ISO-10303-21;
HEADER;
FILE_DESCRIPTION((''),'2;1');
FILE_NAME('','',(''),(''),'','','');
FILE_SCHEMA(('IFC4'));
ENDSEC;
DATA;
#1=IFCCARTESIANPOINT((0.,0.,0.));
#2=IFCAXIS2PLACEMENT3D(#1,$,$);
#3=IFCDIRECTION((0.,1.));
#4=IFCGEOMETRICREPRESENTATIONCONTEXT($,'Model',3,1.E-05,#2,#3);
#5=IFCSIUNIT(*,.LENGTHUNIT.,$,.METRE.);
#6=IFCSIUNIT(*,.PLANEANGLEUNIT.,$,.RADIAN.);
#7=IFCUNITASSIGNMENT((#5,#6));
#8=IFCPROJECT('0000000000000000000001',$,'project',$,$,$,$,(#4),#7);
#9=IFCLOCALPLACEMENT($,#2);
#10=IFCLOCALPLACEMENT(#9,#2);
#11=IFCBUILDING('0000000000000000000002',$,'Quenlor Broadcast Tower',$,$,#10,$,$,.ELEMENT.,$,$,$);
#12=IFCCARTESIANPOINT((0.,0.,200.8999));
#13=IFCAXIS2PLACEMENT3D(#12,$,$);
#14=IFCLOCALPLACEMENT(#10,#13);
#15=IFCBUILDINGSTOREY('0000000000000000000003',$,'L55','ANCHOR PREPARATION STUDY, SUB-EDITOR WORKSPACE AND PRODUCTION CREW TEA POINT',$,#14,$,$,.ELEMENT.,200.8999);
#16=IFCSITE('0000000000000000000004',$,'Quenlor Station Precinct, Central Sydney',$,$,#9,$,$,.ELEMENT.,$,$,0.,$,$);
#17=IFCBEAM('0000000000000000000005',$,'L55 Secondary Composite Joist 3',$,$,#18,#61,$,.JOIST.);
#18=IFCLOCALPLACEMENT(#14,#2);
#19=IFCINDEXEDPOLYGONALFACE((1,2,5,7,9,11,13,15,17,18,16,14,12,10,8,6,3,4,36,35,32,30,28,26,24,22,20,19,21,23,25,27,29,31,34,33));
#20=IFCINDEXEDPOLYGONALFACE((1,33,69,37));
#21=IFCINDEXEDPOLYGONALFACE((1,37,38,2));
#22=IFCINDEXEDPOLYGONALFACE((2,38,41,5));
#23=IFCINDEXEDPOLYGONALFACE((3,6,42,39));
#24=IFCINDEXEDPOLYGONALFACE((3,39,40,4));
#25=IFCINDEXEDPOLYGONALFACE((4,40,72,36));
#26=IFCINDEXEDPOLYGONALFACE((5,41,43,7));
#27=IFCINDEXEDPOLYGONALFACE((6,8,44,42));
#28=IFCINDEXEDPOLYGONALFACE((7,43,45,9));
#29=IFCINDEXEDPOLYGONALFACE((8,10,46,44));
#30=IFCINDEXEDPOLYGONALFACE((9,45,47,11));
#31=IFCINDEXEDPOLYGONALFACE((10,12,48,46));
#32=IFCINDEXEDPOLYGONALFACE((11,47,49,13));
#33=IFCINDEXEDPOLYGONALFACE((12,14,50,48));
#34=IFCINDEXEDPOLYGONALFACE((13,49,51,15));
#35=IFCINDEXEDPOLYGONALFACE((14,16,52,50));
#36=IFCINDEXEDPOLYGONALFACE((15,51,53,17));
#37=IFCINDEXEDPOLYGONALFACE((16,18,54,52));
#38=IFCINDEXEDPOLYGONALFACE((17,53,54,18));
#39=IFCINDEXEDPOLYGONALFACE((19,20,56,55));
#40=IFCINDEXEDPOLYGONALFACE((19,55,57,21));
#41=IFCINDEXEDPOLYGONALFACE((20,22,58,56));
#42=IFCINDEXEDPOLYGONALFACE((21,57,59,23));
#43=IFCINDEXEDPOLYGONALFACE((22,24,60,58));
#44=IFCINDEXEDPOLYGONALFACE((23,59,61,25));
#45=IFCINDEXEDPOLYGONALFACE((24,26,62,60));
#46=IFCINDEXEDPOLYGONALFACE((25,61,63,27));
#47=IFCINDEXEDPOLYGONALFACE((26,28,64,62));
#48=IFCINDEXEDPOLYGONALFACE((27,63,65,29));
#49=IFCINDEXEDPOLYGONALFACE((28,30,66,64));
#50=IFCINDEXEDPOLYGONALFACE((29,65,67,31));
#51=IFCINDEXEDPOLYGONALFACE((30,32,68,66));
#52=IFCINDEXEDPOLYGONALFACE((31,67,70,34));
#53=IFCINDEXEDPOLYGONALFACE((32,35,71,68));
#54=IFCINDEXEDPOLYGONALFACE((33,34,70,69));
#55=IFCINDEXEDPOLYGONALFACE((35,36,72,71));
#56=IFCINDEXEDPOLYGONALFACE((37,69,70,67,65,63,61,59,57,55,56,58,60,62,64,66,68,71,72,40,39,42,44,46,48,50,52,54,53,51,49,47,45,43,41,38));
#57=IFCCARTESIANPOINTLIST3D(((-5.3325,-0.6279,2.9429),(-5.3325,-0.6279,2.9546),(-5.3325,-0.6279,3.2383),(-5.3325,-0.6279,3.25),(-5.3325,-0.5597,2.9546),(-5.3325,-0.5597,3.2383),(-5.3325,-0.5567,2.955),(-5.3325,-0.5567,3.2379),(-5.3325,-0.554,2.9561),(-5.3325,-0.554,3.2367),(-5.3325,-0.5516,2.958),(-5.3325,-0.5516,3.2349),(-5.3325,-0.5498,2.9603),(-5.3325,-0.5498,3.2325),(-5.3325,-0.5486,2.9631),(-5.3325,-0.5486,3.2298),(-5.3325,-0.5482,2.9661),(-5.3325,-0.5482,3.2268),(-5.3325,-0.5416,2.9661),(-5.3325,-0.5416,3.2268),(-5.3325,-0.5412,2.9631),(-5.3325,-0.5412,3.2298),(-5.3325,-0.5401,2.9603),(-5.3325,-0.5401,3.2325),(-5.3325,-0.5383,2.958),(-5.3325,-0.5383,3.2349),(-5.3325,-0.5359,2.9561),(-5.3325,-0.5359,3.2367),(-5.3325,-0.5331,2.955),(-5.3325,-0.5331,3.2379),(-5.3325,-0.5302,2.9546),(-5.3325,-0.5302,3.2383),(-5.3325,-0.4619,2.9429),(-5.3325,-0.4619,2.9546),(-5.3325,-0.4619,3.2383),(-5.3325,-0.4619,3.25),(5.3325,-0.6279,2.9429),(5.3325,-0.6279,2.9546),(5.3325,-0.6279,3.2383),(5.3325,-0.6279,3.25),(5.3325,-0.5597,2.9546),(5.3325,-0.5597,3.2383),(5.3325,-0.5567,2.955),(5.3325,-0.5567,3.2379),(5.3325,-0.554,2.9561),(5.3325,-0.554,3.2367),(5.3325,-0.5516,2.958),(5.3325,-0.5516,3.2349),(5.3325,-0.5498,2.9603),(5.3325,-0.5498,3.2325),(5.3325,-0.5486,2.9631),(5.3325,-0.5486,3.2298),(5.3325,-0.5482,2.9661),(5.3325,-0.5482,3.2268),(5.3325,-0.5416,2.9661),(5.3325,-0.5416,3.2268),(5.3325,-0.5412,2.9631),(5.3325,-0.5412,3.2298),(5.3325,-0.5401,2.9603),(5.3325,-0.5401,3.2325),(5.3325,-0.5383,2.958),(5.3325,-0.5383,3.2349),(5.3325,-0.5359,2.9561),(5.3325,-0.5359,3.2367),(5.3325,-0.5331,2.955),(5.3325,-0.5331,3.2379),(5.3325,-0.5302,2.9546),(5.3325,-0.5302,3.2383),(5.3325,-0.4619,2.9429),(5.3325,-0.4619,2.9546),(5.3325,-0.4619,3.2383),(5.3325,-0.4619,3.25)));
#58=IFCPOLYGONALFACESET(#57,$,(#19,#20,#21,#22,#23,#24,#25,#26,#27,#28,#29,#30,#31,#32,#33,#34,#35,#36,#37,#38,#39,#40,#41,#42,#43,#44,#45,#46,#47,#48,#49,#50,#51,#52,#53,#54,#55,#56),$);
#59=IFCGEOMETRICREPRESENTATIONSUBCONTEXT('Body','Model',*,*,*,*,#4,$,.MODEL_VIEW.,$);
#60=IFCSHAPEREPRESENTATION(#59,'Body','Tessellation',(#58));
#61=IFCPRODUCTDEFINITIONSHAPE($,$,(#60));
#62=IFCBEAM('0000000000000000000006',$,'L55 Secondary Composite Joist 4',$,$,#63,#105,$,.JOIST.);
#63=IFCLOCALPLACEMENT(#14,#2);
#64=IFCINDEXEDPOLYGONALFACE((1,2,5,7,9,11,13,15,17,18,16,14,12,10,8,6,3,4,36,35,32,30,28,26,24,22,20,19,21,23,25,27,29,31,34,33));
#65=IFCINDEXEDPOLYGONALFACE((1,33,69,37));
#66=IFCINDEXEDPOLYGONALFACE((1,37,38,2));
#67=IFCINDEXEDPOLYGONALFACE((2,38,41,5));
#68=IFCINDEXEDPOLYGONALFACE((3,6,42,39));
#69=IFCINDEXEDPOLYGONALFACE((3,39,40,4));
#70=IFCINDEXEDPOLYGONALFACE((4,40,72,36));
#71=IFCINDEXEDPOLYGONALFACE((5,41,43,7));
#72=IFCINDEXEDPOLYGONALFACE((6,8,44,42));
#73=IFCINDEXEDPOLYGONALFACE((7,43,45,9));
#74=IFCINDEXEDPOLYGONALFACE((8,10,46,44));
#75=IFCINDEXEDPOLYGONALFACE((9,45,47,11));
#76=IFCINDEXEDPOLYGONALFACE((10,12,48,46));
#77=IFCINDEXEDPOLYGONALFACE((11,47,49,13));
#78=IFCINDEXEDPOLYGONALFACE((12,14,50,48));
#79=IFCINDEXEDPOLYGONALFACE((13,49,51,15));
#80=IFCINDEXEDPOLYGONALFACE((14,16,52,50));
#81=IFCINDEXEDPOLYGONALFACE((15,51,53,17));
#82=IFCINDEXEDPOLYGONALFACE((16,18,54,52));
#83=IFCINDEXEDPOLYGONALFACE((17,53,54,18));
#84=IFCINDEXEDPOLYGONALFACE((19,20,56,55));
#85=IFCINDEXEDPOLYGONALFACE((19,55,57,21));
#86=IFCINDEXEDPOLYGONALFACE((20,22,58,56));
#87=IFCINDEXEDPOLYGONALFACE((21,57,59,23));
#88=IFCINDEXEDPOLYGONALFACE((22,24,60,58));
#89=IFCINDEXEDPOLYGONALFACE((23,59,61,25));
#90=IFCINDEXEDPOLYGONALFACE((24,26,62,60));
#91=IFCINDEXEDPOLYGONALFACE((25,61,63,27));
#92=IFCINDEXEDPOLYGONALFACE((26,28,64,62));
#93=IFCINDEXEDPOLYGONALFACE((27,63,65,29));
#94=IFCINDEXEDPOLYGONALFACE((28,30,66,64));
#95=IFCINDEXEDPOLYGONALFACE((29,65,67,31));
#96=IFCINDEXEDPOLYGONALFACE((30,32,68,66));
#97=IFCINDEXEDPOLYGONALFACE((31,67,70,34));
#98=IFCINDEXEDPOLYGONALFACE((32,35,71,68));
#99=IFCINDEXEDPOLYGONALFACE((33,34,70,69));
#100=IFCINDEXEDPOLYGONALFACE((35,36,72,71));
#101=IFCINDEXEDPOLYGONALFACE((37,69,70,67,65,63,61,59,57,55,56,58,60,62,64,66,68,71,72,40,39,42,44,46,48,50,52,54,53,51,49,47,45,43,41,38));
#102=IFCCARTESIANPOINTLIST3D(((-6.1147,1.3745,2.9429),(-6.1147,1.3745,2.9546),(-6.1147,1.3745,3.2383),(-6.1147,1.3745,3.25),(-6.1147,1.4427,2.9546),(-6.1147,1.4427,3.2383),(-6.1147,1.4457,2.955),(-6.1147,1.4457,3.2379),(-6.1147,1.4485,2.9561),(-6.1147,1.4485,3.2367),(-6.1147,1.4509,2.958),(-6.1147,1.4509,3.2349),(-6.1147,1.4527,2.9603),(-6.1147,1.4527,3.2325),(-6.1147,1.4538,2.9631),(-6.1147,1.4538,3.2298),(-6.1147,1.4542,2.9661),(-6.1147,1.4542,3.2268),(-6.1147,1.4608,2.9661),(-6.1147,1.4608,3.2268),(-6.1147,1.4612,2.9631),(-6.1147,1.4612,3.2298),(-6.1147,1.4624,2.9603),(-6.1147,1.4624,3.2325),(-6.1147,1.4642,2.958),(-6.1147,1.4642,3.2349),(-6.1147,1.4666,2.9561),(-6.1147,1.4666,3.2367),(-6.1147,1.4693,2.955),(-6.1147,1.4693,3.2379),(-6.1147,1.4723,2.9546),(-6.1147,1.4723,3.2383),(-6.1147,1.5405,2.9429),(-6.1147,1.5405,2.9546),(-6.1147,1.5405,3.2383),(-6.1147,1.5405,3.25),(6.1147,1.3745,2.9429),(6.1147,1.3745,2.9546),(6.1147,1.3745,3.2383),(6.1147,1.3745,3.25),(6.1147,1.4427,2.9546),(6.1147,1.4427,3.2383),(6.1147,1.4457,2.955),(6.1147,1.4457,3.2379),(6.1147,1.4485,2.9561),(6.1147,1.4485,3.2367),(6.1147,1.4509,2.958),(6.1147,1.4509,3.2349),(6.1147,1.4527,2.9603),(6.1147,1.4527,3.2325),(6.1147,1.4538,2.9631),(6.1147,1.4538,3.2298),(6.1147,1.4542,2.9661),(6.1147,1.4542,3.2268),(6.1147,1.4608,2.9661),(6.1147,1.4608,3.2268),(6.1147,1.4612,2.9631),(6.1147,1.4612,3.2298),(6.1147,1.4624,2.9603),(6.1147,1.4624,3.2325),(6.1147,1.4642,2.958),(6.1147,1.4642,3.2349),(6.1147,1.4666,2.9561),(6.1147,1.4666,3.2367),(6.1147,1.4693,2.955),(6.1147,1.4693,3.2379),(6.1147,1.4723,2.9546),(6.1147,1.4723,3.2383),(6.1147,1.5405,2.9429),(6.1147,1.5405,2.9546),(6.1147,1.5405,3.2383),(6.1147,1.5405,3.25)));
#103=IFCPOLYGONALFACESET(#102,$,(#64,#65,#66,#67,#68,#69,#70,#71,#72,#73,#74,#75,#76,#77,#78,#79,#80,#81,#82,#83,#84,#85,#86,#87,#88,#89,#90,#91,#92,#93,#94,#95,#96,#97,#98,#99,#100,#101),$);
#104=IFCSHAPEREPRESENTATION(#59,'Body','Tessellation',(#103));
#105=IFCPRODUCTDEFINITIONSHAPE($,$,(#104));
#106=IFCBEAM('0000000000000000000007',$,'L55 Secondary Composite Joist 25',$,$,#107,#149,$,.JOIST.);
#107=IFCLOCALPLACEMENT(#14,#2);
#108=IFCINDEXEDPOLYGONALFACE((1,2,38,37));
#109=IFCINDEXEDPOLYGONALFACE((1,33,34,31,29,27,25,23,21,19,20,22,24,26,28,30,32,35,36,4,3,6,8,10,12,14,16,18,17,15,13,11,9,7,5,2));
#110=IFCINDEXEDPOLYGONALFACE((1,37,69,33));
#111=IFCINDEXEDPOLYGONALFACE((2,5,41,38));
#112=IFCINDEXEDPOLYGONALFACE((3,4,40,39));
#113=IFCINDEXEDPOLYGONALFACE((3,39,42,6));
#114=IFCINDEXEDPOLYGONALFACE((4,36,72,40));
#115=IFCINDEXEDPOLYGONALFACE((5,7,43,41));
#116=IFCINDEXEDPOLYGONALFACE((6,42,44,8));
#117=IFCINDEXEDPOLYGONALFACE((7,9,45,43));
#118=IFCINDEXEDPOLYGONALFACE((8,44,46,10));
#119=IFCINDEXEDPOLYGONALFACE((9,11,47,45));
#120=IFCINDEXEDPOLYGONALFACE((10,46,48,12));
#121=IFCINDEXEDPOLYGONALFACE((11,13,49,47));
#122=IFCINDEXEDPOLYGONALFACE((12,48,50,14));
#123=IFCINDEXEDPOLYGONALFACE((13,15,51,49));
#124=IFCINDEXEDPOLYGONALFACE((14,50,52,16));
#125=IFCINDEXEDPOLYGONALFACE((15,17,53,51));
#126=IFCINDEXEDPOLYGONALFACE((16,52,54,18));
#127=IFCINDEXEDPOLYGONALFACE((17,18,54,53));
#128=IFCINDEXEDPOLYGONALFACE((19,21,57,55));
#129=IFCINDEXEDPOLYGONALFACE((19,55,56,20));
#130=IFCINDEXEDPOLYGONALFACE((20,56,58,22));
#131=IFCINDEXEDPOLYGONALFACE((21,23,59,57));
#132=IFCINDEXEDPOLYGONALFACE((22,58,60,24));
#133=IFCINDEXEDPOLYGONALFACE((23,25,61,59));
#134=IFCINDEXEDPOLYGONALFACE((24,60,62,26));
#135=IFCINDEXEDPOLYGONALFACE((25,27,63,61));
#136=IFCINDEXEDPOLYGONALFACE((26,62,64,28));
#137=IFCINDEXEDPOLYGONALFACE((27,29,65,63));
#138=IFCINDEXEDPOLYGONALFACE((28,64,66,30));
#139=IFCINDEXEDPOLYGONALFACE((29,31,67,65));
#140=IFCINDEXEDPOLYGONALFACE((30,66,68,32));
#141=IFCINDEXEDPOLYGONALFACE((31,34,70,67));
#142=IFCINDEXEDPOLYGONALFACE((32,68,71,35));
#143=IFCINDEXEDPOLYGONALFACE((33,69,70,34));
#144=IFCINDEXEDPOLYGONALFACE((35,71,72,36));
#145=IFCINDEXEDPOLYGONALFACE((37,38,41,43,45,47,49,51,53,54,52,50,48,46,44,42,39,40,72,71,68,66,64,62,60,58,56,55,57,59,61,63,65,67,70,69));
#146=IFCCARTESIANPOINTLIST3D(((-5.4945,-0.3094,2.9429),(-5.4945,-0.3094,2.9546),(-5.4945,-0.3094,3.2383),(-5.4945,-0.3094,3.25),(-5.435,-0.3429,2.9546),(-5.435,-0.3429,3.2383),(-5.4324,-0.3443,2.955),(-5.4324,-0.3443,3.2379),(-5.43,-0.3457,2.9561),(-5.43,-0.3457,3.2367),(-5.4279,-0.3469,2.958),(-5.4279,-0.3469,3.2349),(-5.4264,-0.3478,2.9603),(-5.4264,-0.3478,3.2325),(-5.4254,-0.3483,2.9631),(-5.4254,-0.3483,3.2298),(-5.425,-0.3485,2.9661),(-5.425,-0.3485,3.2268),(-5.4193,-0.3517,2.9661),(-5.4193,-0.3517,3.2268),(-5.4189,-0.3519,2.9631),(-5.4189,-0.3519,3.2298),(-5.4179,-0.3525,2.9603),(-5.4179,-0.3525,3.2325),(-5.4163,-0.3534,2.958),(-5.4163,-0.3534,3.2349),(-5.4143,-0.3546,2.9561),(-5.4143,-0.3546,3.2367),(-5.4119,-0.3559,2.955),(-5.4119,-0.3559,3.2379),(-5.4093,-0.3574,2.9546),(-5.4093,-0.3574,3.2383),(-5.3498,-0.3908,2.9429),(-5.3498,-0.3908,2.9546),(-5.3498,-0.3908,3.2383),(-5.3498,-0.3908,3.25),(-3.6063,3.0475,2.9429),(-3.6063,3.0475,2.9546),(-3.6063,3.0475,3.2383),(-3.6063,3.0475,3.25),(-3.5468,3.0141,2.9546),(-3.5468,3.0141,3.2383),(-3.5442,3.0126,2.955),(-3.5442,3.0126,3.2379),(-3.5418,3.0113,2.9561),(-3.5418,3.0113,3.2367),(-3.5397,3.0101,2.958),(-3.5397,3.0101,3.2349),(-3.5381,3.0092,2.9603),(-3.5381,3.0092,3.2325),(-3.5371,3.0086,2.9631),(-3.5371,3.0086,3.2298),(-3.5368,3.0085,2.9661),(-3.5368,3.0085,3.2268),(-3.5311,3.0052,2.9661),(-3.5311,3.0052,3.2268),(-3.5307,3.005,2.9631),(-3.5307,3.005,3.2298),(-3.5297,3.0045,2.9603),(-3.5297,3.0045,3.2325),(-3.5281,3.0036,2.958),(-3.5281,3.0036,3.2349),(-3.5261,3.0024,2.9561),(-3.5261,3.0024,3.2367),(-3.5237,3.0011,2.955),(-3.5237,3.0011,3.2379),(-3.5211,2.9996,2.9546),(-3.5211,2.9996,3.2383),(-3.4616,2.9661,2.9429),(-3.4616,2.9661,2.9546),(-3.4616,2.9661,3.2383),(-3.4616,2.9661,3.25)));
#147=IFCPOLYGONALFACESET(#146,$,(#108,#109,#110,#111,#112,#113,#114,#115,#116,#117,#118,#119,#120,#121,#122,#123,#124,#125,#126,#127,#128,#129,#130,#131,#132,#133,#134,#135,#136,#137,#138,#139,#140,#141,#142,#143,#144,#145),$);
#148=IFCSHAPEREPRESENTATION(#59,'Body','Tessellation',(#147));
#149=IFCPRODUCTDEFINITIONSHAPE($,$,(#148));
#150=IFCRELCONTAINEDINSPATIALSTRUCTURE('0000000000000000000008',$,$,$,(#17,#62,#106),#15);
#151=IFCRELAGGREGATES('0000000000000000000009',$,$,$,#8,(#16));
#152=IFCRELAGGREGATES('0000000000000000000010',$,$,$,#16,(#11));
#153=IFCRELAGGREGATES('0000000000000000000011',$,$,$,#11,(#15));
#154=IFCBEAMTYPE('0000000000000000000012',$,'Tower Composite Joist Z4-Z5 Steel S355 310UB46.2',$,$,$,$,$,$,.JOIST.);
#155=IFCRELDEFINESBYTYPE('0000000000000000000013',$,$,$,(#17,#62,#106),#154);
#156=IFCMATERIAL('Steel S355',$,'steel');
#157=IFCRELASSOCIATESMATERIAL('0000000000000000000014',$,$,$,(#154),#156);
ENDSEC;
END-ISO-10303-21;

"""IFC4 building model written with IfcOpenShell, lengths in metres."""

from ifc_helpers import new_model, si_unit, direction, frame, origin, origin_2d, place, context, subcontext, project, spatial, i_section, extrude, material, material_profile, profile_set, type_object, element, save


model = new_model("IFC4")

# Units and contexts
model_context = context("Model", 3, precision=1e-05, world=origin(), true_north=direction((0.0, 1.0)))
body_context = subcontext(model_context, "Body", "Model", "MODEL_VIEW")
ifc_project = project(units=[si_unit("LENGTHUNIT", "METRE"), si_unit("PLANEANGLEUNIT", "RADIAN")], contexts=[model_context])

# Site, building, storey
site_placement = place(None, origin())
site = spatial("IfcSite", under=ifc_project, at=site_placement, Name="Quenlor Station Precinct, Central Sydney", CompositionType="ELEMENT", RefElevation=0.0)
building_placement = place(site_placement, origin())
building = spatial("IfcBuilding", under=site, at=building_placement, Name="Quenlor Broadcast Tower", CompositionType="ELEMENT")
storey_placement = place(building_placement, frame((0.0, 0.0, 200.8999)))
storey = spatial("IfcBuildingStorey", under=building, at=storey_placement, Name="L55", Description="ANCHOR PREPARATION STUDY, SUB-EDITOR WORKSPACE AND PRODUCTION CREW TEA POINT", CompositionType="ELEMENT", Elevation=200.8999)

# Beams
ifc_material_1 = material(Name="Steel S355", Category="steel")
ifc_material_profile = material_profile(ifc_material_1, i_section(OverallWidth=0.166, OverallDepth=0.3071, WebThickness=0.0066, FlangeThickness=0.0117, FilletRadius=0.0115, at=origin_2d()))
ifc_profile_set = profile_set([ifc_material_profile], Name="Steel S355 310UB46.2")
beam_type = type_object("IfcBeamType", Name="Tower Composite Joist Z4-Z5 Steel S355 310UB46.2", PredefinedType="JOIST", material=ifc_profile_set)
beam_1_placement = place(storey_placement, frame((-5.3325, -0.5449, 3.0964), z_axis=(1.0, 0.0, 0.0), x_axis=(0.0, 1.0, 0.0)))
element("IfcBeam", 1, at=beam_1_placement, inside=storey, type_object=beam_type, Name="L55 Secondary Composite Joist 3", PredefinedType="JOIST", context=body_context, shape_type="SweptSolid", body=[
    extrude(i_section(OverallWidth=0.166, OverallDepth=0.3071, WebThickness=0.0066, FlangeThickness=0.0117, FilletRadius=0.0115, at=origin_2d()), origin(), (0.0, 0.0, 1.0), 10.665),
])
beam_2_placement = place(storey_placement, frame((-6.1147, 1.4575, 3.0964), z_axis=(1.0, 0.0, 0.0), x_axis=(0.0, 1.0, 0.0)))
element("IfcBeam", 2, at=beam_2_placement, inside=storey, type_object=beam_type, Name="L55 Secondary Composite Joist 4", PredefinedType="JOIST", context=body_context, shape_type="SweptSolid", body=[
    extrude(i_section(OverallWidth=0.166, OverallDepth=0.3071, WebThickness=0.0066, FlangeThickness=0.0117, FilletRadius=0.0115, at=origin_2d()), origin(), (0.0, 0.0, 1.0), 12.2295),
])
beam_3_placement = place(storey_placement, frame((-3.5339, 3.0068, 3.0964), z_axis=(-0.490243, -0.871586, 0.0), x_axis=(0.871586, -0.490243, 0.0)))
element("IfcBeam", 3, at=beam_3_placement, inside=storey, type_object=beam_type, Name="L55 Secondary Composite Joist 25", PredefinedType="JOIST", context=body_context, shape_type="SweptSolid", body=[
    extrude(i_section(OverallWidth=0.166, OverallDepth=0.3071, WebThickness=0.0066, FlangeThickness=0.0117, FilletRadius=0.0115, at=origin_2d()), origin(), (0.0, 0.0, 1.0), 3.8516),
])

save(model, "model.ifc")
